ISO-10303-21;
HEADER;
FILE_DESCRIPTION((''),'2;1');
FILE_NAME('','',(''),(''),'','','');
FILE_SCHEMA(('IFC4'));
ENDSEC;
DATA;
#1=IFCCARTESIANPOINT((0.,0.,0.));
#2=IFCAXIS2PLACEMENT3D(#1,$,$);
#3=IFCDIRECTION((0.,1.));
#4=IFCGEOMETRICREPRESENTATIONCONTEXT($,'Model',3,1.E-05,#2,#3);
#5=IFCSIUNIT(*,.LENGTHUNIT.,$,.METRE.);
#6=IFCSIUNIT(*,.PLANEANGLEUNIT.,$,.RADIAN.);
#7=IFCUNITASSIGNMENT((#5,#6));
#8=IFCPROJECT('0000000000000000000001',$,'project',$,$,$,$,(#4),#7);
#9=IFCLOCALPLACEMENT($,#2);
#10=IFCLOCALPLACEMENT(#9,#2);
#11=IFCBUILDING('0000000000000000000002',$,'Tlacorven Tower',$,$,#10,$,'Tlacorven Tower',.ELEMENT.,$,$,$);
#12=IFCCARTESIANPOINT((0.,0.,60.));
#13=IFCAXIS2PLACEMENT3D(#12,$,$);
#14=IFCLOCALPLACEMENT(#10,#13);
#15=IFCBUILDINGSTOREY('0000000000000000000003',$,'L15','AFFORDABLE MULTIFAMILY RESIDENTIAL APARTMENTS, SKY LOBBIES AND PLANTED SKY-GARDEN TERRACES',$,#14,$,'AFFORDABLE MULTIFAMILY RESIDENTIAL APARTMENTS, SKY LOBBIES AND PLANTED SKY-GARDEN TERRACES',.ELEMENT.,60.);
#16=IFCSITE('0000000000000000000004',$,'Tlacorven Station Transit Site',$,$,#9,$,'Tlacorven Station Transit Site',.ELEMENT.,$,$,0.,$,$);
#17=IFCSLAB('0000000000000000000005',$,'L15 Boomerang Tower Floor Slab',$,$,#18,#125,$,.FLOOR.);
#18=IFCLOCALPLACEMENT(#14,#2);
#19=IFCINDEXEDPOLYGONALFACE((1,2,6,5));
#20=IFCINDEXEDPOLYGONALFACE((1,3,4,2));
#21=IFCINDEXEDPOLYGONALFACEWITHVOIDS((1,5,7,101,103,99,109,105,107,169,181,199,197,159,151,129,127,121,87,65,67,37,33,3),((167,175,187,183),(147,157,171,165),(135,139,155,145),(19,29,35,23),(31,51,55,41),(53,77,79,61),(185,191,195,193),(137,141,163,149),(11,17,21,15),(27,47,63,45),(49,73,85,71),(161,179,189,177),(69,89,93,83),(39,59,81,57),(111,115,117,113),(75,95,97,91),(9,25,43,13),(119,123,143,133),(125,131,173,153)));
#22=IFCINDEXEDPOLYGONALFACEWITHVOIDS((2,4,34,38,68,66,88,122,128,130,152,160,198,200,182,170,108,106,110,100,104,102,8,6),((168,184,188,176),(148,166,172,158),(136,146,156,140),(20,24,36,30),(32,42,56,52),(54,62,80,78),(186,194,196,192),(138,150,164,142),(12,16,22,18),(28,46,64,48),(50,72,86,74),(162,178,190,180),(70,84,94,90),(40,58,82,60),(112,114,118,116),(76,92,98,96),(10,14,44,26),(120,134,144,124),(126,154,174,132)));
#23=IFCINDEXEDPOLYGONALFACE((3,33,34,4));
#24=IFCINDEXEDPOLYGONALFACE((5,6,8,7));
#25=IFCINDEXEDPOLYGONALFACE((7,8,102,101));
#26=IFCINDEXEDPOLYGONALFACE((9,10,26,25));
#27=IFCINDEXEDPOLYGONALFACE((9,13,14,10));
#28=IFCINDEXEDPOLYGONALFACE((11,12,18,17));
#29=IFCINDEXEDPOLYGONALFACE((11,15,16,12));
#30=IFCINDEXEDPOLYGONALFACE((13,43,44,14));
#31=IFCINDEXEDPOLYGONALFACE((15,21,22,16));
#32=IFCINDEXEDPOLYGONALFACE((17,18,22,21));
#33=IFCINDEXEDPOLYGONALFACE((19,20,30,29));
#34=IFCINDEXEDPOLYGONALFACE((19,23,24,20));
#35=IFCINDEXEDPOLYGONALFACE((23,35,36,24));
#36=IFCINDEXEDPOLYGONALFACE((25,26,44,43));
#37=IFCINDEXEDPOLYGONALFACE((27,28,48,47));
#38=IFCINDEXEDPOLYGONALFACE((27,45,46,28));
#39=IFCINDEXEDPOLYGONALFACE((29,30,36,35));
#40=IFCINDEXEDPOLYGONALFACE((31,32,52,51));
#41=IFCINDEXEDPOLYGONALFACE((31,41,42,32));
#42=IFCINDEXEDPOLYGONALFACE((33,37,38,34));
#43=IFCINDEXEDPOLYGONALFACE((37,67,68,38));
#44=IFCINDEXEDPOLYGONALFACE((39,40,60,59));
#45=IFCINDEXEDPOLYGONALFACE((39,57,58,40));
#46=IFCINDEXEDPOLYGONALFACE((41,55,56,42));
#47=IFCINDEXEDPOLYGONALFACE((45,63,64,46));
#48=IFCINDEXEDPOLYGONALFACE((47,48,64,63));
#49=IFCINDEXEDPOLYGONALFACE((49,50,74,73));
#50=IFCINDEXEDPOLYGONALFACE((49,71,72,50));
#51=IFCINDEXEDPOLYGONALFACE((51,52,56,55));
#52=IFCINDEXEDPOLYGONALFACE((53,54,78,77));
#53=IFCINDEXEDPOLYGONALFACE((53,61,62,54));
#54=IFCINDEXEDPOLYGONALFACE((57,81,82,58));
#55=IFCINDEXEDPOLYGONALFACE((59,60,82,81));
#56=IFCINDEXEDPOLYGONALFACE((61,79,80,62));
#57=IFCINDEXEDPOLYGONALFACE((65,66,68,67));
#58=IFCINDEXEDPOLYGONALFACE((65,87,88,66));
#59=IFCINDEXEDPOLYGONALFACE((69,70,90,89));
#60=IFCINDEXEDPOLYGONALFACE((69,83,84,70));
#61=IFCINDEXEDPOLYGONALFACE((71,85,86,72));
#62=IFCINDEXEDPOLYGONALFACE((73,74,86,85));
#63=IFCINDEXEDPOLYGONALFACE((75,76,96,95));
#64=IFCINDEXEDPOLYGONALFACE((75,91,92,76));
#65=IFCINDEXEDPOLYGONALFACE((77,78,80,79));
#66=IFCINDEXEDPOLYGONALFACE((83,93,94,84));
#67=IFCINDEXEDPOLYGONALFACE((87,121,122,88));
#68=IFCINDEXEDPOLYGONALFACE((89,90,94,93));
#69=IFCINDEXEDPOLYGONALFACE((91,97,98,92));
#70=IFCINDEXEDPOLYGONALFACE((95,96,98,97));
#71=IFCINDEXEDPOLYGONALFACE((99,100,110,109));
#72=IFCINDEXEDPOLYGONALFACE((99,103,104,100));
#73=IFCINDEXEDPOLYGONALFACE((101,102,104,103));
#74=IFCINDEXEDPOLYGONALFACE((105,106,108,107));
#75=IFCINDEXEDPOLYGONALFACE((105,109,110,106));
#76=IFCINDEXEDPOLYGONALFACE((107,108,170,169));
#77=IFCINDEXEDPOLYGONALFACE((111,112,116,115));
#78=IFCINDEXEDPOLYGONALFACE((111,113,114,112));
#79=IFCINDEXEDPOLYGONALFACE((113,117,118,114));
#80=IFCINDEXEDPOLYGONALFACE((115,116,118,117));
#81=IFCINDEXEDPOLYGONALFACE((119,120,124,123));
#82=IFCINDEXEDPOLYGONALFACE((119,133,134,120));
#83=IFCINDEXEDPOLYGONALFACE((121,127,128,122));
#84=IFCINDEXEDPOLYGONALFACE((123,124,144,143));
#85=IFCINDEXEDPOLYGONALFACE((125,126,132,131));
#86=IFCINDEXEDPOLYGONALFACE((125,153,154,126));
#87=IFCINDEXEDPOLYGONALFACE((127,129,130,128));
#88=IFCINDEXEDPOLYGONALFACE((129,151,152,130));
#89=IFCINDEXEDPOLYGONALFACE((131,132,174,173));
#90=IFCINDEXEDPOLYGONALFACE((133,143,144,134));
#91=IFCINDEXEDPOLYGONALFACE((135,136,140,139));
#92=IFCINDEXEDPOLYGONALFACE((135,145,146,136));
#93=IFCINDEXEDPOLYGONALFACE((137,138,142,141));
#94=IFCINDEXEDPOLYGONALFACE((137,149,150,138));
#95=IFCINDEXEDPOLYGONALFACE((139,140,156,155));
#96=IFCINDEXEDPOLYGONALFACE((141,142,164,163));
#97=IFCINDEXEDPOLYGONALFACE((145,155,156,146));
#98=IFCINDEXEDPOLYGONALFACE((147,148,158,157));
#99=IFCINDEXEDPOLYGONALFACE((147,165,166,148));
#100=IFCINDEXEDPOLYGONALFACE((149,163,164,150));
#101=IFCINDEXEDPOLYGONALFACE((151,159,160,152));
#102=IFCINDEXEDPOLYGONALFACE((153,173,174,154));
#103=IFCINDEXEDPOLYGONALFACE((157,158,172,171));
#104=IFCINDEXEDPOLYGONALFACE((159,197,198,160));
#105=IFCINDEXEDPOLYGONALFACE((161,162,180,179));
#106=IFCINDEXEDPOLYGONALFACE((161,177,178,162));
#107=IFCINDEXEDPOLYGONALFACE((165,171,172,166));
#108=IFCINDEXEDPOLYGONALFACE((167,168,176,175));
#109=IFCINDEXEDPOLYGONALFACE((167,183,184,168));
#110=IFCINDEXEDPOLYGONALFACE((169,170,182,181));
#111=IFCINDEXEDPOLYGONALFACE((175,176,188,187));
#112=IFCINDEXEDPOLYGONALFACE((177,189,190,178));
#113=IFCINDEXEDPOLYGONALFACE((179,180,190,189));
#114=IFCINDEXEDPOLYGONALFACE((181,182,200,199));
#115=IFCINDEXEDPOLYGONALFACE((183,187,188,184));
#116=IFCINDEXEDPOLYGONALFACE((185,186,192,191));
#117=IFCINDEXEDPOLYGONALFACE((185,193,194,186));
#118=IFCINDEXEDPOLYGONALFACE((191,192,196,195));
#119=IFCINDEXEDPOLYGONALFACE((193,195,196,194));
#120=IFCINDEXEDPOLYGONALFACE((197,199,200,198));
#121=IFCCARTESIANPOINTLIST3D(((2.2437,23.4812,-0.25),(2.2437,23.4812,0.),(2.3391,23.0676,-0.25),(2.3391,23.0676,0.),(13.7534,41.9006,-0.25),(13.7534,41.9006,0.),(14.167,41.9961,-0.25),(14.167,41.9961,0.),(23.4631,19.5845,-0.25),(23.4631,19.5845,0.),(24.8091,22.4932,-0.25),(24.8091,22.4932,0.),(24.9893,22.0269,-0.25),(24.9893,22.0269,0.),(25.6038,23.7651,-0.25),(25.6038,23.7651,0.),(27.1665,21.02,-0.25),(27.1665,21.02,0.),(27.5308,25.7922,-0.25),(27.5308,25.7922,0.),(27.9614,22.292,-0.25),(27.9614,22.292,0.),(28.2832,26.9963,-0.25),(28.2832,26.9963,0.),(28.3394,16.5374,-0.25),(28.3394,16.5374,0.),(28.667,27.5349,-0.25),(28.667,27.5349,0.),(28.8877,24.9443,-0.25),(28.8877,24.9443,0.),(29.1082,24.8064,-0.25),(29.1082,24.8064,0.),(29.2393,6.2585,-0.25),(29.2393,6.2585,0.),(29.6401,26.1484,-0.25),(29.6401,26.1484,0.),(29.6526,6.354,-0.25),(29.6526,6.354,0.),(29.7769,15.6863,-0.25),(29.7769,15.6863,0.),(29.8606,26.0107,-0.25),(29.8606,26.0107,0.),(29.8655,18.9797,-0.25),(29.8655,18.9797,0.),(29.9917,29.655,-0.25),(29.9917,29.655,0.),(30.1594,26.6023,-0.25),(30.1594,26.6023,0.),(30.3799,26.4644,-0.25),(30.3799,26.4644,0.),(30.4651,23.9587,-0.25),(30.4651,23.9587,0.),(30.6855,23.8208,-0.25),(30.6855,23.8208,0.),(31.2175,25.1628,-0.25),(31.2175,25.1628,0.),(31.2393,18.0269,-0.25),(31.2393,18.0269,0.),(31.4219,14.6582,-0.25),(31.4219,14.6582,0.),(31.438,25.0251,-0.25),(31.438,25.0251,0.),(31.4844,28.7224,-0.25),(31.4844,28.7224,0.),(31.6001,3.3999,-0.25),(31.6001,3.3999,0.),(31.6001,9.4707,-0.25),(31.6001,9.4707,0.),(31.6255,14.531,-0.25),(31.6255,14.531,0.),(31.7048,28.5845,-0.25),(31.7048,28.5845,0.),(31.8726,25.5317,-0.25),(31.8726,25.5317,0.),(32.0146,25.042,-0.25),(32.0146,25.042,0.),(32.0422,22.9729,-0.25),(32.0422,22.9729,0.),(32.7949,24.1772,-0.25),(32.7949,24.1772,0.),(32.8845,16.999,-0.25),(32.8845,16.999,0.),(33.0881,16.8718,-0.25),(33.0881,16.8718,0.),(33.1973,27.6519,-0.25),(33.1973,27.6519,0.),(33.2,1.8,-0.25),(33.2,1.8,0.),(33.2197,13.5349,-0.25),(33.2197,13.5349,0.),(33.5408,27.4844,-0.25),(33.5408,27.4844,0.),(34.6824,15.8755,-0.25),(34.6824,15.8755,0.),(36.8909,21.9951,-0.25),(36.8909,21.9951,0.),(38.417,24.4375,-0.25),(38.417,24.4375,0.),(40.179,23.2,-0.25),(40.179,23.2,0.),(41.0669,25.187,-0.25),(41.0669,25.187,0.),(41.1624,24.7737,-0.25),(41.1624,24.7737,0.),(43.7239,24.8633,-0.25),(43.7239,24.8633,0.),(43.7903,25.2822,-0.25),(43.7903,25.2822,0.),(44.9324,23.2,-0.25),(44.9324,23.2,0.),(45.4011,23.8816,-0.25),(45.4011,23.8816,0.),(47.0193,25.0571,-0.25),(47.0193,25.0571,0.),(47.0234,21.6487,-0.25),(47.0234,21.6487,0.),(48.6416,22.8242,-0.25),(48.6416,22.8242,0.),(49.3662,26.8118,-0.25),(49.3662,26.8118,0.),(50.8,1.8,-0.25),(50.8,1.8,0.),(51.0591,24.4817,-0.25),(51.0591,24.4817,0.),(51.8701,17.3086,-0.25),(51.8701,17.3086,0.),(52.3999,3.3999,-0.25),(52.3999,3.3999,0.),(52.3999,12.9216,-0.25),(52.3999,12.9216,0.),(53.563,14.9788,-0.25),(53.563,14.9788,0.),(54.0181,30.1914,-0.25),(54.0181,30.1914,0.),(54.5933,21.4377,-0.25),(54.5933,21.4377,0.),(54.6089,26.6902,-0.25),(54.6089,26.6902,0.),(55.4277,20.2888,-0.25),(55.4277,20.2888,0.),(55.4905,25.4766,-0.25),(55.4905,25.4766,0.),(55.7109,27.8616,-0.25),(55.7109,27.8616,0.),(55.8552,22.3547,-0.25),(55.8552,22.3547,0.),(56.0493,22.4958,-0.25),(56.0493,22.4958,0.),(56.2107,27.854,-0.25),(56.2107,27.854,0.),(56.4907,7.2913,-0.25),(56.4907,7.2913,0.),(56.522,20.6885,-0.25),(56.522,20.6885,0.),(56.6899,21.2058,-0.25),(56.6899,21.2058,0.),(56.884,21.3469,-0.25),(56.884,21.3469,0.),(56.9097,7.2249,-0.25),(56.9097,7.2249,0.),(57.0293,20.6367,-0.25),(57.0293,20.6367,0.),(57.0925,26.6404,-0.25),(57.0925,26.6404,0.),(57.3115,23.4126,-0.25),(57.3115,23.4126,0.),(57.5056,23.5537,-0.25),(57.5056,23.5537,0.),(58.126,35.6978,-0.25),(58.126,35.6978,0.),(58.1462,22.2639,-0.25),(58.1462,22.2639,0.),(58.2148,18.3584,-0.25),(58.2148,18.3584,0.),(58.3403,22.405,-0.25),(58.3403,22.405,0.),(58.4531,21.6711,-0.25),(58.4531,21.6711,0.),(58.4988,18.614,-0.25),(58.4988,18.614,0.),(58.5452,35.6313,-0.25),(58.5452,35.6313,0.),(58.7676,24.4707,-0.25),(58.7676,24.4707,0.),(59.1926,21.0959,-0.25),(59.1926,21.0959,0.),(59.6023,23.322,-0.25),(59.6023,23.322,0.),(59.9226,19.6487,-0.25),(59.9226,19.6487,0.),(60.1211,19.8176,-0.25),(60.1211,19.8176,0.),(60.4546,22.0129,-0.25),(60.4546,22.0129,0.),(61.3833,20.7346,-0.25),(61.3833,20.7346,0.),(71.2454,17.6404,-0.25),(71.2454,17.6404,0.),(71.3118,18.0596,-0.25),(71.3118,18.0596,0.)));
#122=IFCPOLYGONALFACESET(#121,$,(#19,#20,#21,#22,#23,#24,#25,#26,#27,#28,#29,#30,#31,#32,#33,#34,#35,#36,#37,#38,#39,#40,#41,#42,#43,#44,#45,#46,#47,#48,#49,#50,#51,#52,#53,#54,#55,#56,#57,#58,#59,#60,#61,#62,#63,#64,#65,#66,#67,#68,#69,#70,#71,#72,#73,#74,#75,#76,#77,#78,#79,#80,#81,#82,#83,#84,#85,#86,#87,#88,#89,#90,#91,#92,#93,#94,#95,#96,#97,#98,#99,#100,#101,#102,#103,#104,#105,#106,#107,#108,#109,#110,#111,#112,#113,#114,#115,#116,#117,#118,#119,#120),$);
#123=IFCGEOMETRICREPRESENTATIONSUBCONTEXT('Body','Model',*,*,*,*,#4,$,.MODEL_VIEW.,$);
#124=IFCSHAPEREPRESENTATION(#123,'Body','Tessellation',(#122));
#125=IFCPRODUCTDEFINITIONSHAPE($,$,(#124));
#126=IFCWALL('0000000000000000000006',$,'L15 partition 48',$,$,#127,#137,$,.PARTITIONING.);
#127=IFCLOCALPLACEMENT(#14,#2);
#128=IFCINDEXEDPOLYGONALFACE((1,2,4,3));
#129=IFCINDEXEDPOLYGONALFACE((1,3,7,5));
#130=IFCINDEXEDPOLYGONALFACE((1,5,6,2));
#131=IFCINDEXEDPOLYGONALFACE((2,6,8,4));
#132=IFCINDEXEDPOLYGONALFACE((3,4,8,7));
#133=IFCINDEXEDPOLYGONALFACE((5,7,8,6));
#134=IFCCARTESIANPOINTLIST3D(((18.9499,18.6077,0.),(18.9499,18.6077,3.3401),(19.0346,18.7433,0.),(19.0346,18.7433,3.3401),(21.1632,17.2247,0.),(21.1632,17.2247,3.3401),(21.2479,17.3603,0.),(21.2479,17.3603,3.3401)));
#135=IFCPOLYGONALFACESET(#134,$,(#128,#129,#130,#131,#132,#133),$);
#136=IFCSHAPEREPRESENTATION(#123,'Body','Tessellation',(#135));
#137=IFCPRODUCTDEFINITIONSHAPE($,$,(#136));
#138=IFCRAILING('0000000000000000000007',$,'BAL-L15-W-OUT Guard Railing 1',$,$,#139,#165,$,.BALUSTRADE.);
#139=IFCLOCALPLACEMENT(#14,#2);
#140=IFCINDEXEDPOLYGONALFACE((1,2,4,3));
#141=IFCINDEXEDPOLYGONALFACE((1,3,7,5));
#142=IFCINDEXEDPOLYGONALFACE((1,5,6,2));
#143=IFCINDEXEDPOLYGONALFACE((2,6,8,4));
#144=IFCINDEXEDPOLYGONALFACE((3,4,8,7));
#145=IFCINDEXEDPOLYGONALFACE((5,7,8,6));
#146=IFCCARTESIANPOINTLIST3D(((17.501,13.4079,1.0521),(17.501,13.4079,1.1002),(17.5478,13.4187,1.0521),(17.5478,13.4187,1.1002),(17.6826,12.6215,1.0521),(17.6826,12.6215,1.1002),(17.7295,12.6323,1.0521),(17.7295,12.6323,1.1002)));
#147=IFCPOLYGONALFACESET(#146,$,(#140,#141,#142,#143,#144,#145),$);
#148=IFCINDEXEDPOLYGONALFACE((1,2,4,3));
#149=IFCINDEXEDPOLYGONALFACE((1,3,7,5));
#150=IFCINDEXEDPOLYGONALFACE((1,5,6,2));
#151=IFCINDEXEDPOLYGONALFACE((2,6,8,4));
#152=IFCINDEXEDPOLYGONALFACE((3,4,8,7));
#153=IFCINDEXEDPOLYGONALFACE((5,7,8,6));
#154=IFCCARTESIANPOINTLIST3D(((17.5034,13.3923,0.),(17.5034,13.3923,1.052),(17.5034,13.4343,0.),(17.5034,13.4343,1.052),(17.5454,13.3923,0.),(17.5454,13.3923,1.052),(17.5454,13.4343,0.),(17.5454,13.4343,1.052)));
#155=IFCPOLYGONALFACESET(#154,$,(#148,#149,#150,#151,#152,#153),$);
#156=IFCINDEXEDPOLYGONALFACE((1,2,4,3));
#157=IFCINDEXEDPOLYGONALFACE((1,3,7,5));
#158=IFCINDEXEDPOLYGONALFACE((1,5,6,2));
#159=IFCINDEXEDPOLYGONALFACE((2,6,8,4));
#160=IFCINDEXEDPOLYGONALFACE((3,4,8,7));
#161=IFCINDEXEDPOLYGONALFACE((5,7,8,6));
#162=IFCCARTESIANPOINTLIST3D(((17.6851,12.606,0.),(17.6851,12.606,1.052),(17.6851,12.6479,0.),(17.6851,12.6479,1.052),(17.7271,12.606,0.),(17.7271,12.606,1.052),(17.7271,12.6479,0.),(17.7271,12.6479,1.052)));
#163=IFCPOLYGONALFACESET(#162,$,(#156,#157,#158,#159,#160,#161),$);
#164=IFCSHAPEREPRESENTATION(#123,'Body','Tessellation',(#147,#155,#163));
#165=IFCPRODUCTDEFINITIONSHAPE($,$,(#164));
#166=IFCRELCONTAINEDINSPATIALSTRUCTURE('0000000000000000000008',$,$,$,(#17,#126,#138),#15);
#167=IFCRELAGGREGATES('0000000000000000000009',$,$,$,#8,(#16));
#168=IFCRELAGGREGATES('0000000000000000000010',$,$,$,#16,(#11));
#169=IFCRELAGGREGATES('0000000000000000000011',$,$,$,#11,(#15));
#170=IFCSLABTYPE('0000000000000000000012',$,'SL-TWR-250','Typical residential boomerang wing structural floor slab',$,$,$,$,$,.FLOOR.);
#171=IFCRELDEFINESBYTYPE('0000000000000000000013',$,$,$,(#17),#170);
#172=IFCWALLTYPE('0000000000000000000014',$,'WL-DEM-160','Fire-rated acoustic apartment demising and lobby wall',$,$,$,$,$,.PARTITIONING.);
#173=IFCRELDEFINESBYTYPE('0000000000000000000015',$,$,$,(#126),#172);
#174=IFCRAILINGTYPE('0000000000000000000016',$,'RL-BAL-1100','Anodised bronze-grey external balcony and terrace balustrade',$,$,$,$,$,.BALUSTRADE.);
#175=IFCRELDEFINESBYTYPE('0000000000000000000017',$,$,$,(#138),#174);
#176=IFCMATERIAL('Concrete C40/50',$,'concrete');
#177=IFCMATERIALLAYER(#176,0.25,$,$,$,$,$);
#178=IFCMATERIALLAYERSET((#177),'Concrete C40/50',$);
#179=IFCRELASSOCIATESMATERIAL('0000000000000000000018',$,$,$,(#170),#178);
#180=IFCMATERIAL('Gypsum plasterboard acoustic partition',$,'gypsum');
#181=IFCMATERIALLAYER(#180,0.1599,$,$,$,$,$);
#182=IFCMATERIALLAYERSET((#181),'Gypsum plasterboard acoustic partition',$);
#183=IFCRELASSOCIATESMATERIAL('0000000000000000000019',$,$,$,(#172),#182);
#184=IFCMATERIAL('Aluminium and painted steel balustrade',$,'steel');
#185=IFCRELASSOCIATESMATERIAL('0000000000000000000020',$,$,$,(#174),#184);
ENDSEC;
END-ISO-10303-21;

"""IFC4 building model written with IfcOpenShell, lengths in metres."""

from ifc_helpers import new_model, si_unit, direction, frame, frame_2d, origin, origin_2d, place, context, subcontext, project, spatial, polyline, rectangle, outline, extrude, source, transform, mapped, material, layer, layer_set, type_object, element, save


model = new_model("IFC4")

# Units and contexts
model_context = context("Model", 3, precision=1e-05, world=origin(), true_north=direction((0.0, 1.0)))
body_context = subcontext(model_context, "Body", "Model", "MODEL_VIEW")
ifc_project = project(units=[si_unit("LENGTHUNIT", "METRE"), si_unit("PLANEANGLEUNIT", "RADIAN")], contexts=[model_context])

# Site, building, storey
site_placement = place(None, origin())
site = spatial("IfcSite", under=ifc_project, at=site_placement, Name="Tlacorven Station Transit Site", LongName="Tlacorven Station Transit Site", CompositionType="ELEMENT", RefElevation=0.0)
building_placement = place(site_placement, origin())
building = spatial("IfcBuilding", under=site, at=building_placement, Name="Tlacorven Tower", LongName="Tlacorven Tower", CompositionType="ELEMENT")
storey_placement = place(building_placement, frame((0.0, 0.0, 60.0)))
storey = spatial("IfcBuildingStorey", under=building, at=storey_placement, Name="L15", Description="AFFORDABLE MULTIFAMILY RESIDENTIAL APARTMENTS, SKY LOBBIES AND PLANTED SKY-GARDEN TERRACES", LongName="AFFORDABLE MULTIFAMILY RESIDENTIAL APARTMENTS, SKY LOBBIES AND PLANTED SKY-GARDEN TERRACES", CompositionType="ELEMENT", Elevation=60.0)

# Shared definitions
ifc_material_1 = material(Name="Concrete C40/50", Category="concrete")

# Slab
ifc_layer_1 = layer(ifc_material_1, 0.25)
ifc_layer_set_1 = layer_set([ifc_layer_1], Name="Concrete C40/50")
slab_type_1 = type_object("IfcSlabType", Name="SL-TWR-250", Description="Typical residential boomerang wing structural floor slab", PredefinedType="FLOOR", material=ifc_layer_set_1)
slab_1_placement = place(storey_placement, frame((0.0, 0.0, -0.25)))
element("IfcSlab", 1, at=slab_1_placement, inside=storey, type_object=slab_type_1, Name="L15 Boomerang Tower Floor Slab", PredefinedType="FLOOR", context=body_context, shape_type="SweptSolid", body=[
    extrude(outline(polyline([(52.3999, 3.3999), (50.8, 1.8), (33.2, 1.8), (31.6001, 3.3999), (31.6001, 9.4707), (29.6526, 6.354), (29.2393, 6.2585), (2.3391, 23.0676), (2.2437, 23.4812), (13.7534, 41.9006), (14.167, 41.9961), (41.0669, 25.187), (41.1624, 24.7737), (40.179, 23.2), (44.9324, 23.2), (43.7239, 24.8633), (43.7903, 25.2822), (58.126, 35.6978), (58.5452, 35.6313), (71.3118, 18.0596), (71.2454, 17.6404), (56.9097, 7.2249), (56.4907, 7.2913), (52.3999, 12.9216), (52.3999, 3.3999)]), holes=[polyline([(29.8655, 18.9797), (24.9893, 22.0269), (23.4631, 19.5845), (28.3394, 16.5374), (29.8655, 18.9797)]), polyline([(38.417, 24.4375), (33.5408, 27.4844), (32.0146, 25.042), (36.8909, 21.9951), (38.417, 24.4375)]), polyline([(51.0591, 24.4817), (55.7109, 27.8616), (54.0181, 30.1914), (49.3662, 26.8118), (51.0591, 24.4817)]), polyline([(53.563, 14.9788), (58.2148, 18.3584), (56.522, 20.6885), (51.8701, 17.3086), (53.563, 14.9788)]), polyline([(34.6824, 15.8755), (33.0881, 16.8718), (31.6255, 14.531), (33.2197, 13.5349), (34.6824, 15.8755)]), polyline([(32.8845, 16.999), (31.2393, 18.0269), (29.7769, 15.6863), (31.4219, 14.6582), (32.8845, 16.999)]), polyline([(47.0234, 21.6487), (48.6416, 22.8242), (47.0193, 25.0571), (45.4011, 23.8816), (47.0234, 21.6487)]), polyline([(33.1973, 27.6519), (31.7048, 28.5845), (30.3799, 26.4644), (31.8726, 25.5317), (33.1973, 27.6519)]), polyline([(31.4844, 28.7224), (29.9917, 29.655), (28.667, 27.5349), (30.1594, 26.6023), (31.4844, 28.7224)]), polyline([(32.7949, 24.1772), (31.438, 25.0251), (30.6855, 23.8208), (32.0422, 22.9729), (32.7949, 24.1772)]), polyline([(31.2175, 25.1628), (29.8606, 26.0107), (29.1082, 24.8064), (30.4651, 23.9587), (31.2175, 25.1628)]), polyline([(29.6401, 26.1484), (28.2832, 26.9963), (27.5308, 25.7922), (28.8877, 24.9443), (29.6401, 26.1484)]), polyline([(55.4277, 20.2888), (56.6899, 21.2058), (55.8552, 22.3547), (54.5933, 21.4377), (55.4277, 20.2888)]), polyline([(56.884, 21.3469), (58.1462, 22.2639), (57.3115, 23.4126), (56.0493, 22.4958), (56.884, 21.3469)]), polyline([(58.3403, 22.405), (59.6023, 23.322), (58.7676, 24.4707), (57.5056, 23.5537), (58.3403, 22.405)]), polyline([(58.4988, 18.614), (59.9226, 19.6487), (58.4531, 21.6711), (57.0293, 20.6367), (58.4988, 18.614)]), polyline([(27.9614, 22.292), (25.6038, 23.7651), (24.8091, 22.4932), (27.1665, 21.02), (27.9614, 22.292)]), polyline([(55.4905, 25.4766), (57.0925, 26.6404), (56.2107, 27.854), (54.6089, 26.6902), (55.4905, 25.4766)]), polyline([(60.1211, 19.8176), (61.3833, 20.7346), (60.4546, 22.0129), (59.1926, 21.0959), (60.1211, 19.8176)])]), origin(), (0.0, 0.0, 1.0), 0.25),
])

# Wall
ifc_material_2 = material(Name="Gypsum plasterboard acoustic partition", Category="gypsum")
ifc_layer_2 = layer(ifc_material_2, 0.1599)
ifc_layer_set_2 = layer_set([ifc_layer_2], Name="Gypsum plasterboard acoustic partition")
wall_type = type_object("IfcWallType", Name="WL-DEM-160", Description="Fire-rated acoustic apartment demising and lobby wall", PredefinedType="PARTITIONING", material=ifc_layer_set_2)
wall_placement = place(storey_placement, frame((21.2056, 17.2925, 0.0), z_axis=(0.0, 0.0, 1.0), x_axis=(-0.848051, 0.529915, 0.0)))
element("IfcWall", 2, at=wall_placement, inside=storey, type_object=wall_type, Name="L15 partition 48", PredefinedType="PARTITIONING", context=body_context, shape_type="SweptSolid", body=[
    extrude(rectangle(XDim=2.6099, YDim=0.1599, at=frame_2d((1.3049, 0.0))), origin(), (0.0, 0.0, 1.0), 3.3401),
])

# Railing
ifc_material_3 = material(Name="Aluminium and painted steel balustrade", Category="steel")
railing_type = type_object("IfcRailingType", Name="RL-BAL-1100", Description="Anodised bronze-grey external balcony and terrace balustrade", PredefinedType="BALUSTRADE", material=ifc_material_3)
shared_shape_1 = source(origin(), body_context, "Body", "SweptSolid", [
    extrude(rectangle(XDim=0.0481, YDim=0.0481, at=origin_2d()), frame((0.0, 0.0, 1.0762), z_axis=(0.225058, -0.974345, 0.0), x_axis=(0.974345, 0.225058, 0.0)), (0.0, 0.0, 1.0), 0.8071),
    extrude(rectangle(XDim=0.042, YDim=0.042, at=origin_2d()), origin(), (0.0, 0.0, 1.0), 1.052),
    extrude(rectangle(XDim=0.042, YDim=0.042, at=origin_2d()), frame((0.1816, -0.7864, 0.0)), (0.0, 0.0, 1.0), 1.052),
])
railing_1_placement = place(storey_placement, frame((17.5244, 13.4133, 0.0)))
element("IfcRailing", 3, at=railing_1_placement, inside=storey, type_object=railing_type, Name="BAL-L15-W-OUT Guard Railing 1", PredefinedType="BALUSTRADE", context=body_context, shape_type="MappedRepresentation", body=[
    mapped(shared_shape_1, transform((0.0, 0.0, 0.0), scale=1.0)),
])

save(model, "model.ifc")
